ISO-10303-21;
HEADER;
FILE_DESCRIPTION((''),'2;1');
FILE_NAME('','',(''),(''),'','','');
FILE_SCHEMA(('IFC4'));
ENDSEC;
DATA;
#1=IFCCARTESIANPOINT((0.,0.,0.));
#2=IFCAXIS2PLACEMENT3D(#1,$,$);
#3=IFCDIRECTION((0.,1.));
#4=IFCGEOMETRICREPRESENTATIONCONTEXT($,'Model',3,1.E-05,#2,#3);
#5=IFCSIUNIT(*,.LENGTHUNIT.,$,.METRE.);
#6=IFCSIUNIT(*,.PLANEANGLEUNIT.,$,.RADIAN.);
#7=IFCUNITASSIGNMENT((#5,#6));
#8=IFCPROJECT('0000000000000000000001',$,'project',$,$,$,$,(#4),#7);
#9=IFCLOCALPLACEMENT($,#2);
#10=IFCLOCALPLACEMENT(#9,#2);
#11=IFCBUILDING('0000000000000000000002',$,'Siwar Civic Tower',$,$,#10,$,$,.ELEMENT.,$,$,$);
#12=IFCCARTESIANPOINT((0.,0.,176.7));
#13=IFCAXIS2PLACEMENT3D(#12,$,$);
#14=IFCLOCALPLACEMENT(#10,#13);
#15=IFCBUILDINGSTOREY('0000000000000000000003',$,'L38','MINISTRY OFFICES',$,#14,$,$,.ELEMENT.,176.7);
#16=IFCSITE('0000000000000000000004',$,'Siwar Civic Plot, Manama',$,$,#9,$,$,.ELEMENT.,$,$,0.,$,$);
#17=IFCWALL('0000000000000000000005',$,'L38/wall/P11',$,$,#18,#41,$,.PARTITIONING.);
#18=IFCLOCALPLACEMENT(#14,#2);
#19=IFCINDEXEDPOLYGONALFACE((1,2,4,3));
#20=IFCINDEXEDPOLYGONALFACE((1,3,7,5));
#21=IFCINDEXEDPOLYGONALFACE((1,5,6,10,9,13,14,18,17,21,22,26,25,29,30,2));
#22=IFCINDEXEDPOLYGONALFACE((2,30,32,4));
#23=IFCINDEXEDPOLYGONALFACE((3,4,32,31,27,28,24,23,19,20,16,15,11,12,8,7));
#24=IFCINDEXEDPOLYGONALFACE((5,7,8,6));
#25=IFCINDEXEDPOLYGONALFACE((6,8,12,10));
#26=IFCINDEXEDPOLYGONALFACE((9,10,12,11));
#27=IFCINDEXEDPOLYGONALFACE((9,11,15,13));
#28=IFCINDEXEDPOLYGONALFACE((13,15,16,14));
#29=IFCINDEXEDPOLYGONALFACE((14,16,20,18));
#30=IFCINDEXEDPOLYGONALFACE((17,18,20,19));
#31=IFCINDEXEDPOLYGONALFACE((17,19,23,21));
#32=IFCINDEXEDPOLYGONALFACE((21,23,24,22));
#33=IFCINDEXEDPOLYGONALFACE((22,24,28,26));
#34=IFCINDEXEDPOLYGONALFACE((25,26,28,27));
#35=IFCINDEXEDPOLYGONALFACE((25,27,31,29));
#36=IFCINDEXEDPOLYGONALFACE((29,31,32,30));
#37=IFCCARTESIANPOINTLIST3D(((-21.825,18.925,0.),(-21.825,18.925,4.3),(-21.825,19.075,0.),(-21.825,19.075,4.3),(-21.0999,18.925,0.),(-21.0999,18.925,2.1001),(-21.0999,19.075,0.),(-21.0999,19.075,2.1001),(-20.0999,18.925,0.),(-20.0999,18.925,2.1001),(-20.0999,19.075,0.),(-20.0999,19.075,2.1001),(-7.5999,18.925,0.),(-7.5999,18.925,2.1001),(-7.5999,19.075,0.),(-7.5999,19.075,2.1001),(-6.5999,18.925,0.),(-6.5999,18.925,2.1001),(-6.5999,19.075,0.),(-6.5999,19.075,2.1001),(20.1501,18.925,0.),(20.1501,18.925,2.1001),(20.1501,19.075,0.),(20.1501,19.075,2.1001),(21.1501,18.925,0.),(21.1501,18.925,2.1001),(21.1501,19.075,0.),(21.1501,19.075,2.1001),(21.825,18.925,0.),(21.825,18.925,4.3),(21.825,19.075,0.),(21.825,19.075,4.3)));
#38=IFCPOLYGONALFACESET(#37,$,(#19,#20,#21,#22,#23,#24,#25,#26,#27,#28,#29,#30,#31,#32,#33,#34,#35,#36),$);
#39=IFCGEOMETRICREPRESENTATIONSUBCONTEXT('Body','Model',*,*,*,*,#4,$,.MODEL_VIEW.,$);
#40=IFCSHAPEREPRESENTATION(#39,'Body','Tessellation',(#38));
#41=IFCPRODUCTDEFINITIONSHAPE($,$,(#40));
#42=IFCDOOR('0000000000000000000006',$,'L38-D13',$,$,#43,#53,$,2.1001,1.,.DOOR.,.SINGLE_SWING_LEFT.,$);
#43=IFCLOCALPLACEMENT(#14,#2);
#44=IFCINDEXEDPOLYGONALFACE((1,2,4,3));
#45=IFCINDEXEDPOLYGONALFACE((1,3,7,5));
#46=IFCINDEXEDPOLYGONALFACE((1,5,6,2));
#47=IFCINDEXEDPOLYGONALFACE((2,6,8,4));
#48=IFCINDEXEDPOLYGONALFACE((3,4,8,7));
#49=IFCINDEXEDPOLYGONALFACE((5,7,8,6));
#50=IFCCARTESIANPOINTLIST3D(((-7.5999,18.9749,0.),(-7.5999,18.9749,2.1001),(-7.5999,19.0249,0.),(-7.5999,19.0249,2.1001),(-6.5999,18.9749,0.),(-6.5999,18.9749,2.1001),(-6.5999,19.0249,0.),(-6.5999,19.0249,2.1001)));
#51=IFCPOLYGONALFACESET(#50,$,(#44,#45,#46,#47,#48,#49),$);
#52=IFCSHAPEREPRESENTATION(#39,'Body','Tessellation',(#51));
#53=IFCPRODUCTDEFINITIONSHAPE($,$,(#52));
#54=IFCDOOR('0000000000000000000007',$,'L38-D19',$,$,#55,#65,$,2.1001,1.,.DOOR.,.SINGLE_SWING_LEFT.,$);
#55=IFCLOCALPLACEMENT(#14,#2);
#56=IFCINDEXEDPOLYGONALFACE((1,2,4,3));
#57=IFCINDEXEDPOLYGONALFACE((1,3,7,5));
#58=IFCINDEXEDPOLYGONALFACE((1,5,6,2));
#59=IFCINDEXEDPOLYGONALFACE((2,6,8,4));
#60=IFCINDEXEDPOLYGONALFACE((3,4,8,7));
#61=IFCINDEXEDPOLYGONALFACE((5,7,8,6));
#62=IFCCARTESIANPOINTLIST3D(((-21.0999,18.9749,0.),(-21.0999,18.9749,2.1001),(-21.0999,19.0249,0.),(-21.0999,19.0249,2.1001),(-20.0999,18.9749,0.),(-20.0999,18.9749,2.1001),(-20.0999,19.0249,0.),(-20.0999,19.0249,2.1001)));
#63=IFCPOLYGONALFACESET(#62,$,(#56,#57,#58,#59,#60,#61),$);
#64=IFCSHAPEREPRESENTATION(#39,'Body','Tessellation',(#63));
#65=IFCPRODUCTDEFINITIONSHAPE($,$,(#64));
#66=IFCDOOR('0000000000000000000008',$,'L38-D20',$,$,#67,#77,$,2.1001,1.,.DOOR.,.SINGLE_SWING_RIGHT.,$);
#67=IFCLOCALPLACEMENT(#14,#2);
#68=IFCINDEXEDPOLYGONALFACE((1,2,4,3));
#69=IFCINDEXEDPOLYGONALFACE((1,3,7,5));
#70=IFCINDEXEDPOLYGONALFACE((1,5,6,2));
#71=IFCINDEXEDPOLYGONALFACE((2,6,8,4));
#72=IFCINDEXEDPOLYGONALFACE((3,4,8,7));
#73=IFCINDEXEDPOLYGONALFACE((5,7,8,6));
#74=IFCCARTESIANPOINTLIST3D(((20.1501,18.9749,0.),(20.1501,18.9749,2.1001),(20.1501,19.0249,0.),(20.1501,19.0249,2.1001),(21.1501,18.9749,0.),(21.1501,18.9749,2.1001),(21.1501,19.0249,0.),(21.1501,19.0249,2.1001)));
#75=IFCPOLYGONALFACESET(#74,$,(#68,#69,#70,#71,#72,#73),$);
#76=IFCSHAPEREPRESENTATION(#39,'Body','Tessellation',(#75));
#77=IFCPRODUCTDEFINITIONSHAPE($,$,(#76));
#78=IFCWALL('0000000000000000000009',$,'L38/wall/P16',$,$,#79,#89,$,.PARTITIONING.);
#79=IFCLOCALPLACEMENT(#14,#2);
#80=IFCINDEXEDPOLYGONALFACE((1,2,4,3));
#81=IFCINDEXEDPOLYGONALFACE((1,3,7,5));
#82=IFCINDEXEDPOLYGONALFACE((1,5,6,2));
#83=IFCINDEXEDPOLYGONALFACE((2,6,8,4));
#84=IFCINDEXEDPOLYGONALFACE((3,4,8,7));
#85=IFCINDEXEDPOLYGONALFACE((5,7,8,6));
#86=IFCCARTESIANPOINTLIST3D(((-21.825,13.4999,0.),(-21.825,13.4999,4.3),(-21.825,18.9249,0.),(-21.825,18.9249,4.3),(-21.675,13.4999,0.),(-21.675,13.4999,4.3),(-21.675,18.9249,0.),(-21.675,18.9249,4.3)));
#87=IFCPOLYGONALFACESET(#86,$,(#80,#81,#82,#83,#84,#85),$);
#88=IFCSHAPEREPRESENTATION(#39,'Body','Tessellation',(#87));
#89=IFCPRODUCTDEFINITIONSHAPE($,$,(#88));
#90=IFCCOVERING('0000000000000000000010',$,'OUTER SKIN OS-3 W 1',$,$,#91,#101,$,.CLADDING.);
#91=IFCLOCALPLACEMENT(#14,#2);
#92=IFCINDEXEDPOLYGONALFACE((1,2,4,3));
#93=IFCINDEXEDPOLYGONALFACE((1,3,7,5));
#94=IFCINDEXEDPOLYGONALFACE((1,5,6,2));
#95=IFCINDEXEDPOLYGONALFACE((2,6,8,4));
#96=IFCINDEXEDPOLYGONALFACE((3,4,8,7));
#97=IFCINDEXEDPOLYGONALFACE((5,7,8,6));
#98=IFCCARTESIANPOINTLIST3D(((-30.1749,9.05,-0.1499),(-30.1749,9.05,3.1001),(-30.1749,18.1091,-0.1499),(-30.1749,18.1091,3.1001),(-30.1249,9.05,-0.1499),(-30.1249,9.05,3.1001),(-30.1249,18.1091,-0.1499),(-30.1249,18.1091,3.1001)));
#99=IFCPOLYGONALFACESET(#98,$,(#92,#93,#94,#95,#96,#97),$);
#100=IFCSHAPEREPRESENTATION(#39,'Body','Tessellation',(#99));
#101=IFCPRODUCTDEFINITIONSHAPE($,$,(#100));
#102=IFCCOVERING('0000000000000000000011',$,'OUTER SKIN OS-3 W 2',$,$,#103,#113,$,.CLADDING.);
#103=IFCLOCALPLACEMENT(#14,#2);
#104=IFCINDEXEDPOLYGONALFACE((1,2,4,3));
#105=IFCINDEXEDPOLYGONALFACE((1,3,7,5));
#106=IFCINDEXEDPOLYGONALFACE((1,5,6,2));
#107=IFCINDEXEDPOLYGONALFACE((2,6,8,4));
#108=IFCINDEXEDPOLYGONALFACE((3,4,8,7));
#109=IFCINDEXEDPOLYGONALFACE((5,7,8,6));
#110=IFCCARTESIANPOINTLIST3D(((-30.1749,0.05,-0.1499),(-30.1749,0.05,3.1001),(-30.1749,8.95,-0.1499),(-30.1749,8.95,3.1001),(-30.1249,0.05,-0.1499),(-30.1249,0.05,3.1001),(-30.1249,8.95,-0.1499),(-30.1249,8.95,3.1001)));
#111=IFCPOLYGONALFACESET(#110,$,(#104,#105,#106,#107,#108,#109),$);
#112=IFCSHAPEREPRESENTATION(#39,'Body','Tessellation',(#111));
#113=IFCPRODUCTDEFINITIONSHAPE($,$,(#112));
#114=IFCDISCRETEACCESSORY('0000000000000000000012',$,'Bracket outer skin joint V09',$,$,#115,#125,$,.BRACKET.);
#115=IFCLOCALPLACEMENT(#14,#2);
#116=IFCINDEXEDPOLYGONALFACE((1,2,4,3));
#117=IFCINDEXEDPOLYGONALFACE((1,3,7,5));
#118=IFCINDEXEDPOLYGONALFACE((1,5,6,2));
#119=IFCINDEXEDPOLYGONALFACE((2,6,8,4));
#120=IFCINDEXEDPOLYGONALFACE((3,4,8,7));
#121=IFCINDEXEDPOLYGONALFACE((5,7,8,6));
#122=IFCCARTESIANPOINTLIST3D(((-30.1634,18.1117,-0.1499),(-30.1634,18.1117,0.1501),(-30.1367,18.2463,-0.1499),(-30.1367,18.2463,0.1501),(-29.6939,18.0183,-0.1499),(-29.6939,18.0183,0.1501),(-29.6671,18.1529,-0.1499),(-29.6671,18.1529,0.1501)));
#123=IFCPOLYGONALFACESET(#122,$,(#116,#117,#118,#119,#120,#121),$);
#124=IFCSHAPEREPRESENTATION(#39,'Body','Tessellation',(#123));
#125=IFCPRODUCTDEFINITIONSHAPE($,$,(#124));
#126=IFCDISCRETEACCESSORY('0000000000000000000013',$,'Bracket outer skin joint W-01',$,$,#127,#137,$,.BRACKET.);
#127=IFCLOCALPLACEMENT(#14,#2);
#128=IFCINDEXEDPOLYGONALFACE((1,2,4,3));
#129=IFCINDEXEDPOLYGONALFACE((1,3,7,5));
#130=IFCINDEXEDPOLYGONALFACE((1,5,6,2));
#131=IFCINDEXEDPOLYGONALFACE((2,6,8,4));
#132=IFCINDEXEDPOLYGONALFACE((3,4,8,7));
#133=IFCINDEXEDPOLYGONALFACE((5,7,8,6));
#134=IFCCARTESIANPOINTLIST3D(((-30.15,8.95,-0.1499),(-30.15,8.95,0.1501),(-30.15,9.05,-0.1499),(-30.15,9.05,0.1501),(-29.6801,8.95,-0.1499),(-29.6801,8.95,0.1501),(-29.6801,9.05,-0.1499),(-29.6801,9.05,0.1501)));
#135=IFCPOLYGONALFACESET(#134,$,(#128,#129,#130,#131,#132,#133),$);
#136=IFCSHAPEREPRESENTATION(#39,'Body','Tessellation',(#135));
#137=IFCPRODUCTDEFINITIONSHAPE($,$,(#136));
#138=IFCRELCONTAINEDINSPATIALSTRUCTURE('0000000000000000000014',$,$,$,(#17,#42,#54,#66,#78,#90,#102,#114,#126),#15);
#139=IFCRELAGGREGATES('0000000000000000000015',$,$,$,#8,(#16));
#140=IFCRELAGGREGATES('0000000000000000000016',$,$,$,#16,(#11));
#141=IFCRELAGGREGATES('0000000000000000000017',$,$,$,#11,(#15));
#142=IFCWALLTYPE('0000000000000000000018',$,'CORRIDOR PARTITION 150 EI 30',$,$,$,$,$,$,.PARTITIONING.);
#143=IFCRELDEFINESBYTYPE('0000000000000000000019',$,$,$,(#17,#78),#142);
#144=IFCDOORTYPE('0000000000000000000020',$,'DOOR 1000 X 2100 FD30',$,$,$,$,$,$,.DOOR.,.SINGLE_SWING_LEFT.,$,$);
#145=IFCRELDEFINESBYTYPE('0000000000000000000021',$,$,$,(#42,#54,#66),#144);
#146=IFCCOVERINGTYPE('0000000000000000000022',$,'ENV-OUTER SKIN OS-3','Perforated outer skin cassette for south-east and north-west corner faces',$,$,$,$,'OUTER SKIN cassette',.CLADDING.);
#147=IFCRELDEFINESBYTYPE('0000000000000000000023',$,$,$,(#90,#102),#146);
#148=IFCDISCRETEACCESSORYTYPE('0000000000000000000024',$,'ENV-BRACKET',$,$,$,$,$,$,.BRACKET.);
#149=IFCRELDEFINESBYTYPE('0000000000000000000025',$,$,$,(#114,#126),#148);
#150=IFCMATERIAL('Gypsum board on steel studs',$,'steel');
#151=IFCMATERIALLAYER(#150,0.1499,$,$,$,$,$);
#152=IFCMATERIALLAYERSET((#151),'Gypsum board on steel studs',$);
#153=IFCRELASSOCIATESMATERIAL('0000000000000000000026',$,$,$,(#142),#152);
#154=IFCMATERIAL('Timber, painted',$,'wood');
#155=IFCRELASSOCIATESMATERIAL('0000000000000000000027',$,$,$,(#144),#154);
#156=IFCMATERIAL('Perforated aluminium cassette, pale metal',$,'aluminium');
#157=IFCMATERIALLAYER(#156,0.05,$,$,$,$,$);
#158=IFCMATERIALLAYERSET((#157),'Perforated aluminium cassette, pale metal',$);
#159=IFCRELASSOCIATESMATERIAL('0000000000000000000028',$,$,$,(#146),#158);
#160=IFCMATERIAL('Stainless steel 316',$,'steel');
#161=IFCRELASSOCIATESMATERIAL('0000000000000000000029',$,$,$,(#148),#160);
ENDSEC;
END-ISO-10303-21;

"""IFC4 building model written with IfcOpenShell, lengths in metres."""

from ifc_helpers import new_model, si_unit, direction, frame, frame_2d, origin, origin_2d, place, context, subcontext, project, spatial, rectangle, extrude, material, layer, layer_set, type_object, element, fill, save


model = new_model("IFC4")

# Units and contexts
model_context = context("Model", 3, precision=1e-05, world=origin(), true_north=direction((0.0, 1.0)))
body_context = subcontext(model_context, "Body", "Model", "MODEL_VIEW")
ifc_project = project(units=[si_unit("LENGTHUNIT", "METRE"), si_unit("PLANEANGLEUNIT", "RADIAN")], contexts=[model_context])

# Site, building, storey
site_placement = place(None, origin())
site = spatial("IfcSite", under=ifc_project, at=site_placement, Name="Siwar Civic Plot, Manama", CompositionType="ELEMENT", RefElevation=0.0)
building_placement = place(site_placement, origin())
building = spatial("IfcBuilding", under=site, at=building_placement, Name="Siwar Civic Tower", CompositionType="ELEMENT")
storey_placement = place(building_placement, frame((0.0, 0.0, 176.7)))
storey = spatial("IfcBuildingStorey", under=building, at=storey_placement, Name="L38", Description="MINISTRY OFFICES", CompositionType="ELEMENT", Elevation=176.7)

# Shared definitions
ifc_material_1 = material(Name="Gypsum board on steel studs", Category="steel")
ifc_layer_1 = layer(ifc_material_1, 0.1499)
ifc_layer_set_1 = layer_set([ifc_layer_1], Name="Gypsum board on steel studs")
wall_type_1 = type_object("IfcWallType", Name="CORRIDOR PARTITION 150 EI 30", PredefinedType="PARTITIONING", material=ifc_layer_set_1)

# Wall, openings, doors
wall_1_placement = place(storey_placement, frame((-21.825, 19.0, 0.0), z_axis=(0.0, 0.0, 1.0), x_axis=(1.0, 0.0, 0.0)))
wall_1 = element("IfcWall", 1, at=wall_1_placement, inside=storey, type_object=wall_type_1, Name="L38/wall/P11", PredefinedType="PARTITIONING", context=body_context, shape_type="SweptSolid", body=[
    extrude(rectangle(XDim=43.6499, YDim=0.1499, at=frame_2d((21.825, 0.0))), origin(), (0.0, 0.0, 1.0), 4.3),
])
opening_1_placement = place(wall_1_placement, frame((14.2251, 0.0, 0.0)))
opening_1 = element("IfcOpeningElement", 2, at=opening_1_placement, cuts=wall_1, PredefinedType="OPENING", context=body_context, shape_type="SweptSolid", body=[
    extrude(rectangle(XDim=1.0, YDim=2.1001, at=frame_2d((0.5, 1.05))), frame((0.0, 0.085, 0.0), z_axis=(0.0, -1.0, 0.0), x_axis=(1.0, 0.0, 0.0)), (0.0, 0.0, 1.0), 0.1699),
])
opening_2_placement = place(wall_1_placement, frame((0.7251, 0.0, 0.0)))
opening_2 = element("IfcOpeningElement", 3, at=opening_2_placement, cuts=wall_1, PredefinedType="OPENING", context=body_context, shape_type="SweptSolid", body=[
    extrude(rectangle(XDim=1.0, YDim=2.1001, at=frame_2d((0.5, 1.05))), frame((0.0, 0.085, 0.0), z_axis=(0.0, -1.0, 0.0), x_axis=(1.0, 0.0, 0.0)), (0.0, 0.0, 1.0), 0.1699),
])
opening_3_placement = place(wall_1_placement, frame((41.9751, 0.0, 0.0)))
opening_3 = element("IfcOpeningElement", 4, at=opening_3_placement, cuts=wall_1, PredefinedType="OPENING", context=body_context, shape_type="SweptSolid", body=[
    extrude(rectangle(XDim=1.0, YDim=2.1001, at=frame_2d((0.5, 1.05))), frame((0.0, 0.085, 0.0), z_axis=(0.0, -1.0, 0.0), x_axis=(1.0, 0.0, 0.0)), (0.0, 0.0, 1.0), 0.1699),
])
ifc_material_2 = material(Name="Timber, painted", Category="wood")
door_type = type_object("IfcDoorType", Name="DOOR 1000 X 2100 FD30", OperationType="SINGLE_SWING_LEFT", PredefinedType="DOOR", material=ifc_material_2)
door_1_placement = place(opening_1_placement, origin())
door_1 = element("IfcDoor", 5, at=door_1_placement, inside=storey, type_object=door_type, Name="L38-D13", OperationType="SINGLE_SWING_LEFT", OverallHeight=2.1001, OverallWidth=1.0, PredefinedType="DOOR", context=body_context, shape_type="SweptSolid", body=[
    extrude(rectangle(XDim=1.0, YDim=2.1001, at=frame_2d((0.5, 1.05))), frame((0.0, 0.0249, 0.0), z_axis=(0.0, -1.0, 0.0), x_axis=(1.0, 0.0, 0.0)), (0.0, 0.0, 1.0), 0.05),
])
fill(opening_1, door_1)
door_2_placement = place(opening_2_placement, origin())
door_2 = element("IfcDoor", 6, at=door_2_placement, inside=storey, type_object=door_type, Name="L38-D19", OperationType="SINGLE_SWING_LEFT", OverallHeight=2.1001, OverallWidth=1.0, PredefinedType="DOOR", context=body_context, shape_type="SweptSolid", body=[
    extrude(rectangle(XDim=1.0, YDim=2.1001, at=frame_2d((0.5, 1.05))), frame((0.0, 0.0249, 0.0), z_axis=(0.0, -1.0, 0.0), x_axis=(1.0, 0.0, 0.0)), (0.0, 0.0, 1.0), 0.05),
])
fill(opening_2, door_2)
door_3_placement = place(opening_3_placement, origin())
door_3 = element("IfcDoor", 7, at=door_3_placement, inside=storey, type_object=door_type, Name="L38-D20", OperationType="SINGLE_SWING_RIGHT", OverallHeight=2.1001, OverallWidth=1.0, PredefinedType="DOOR", context=body_context, shape_type="SweptSolid", body=[
    extrude(rectangle(XDim=1.0, YDim=2.1001, at=frame_2d((0.5, 1.05))), frame((0.0, 0.0249, 0.0), z_axis=(0.0, -1.0, 0.0), x_axis=(1.0, 0.0, 0.0)), (0.0, 0.0, 1.0), 0.05),
])
fill(opening_3, door_3)

# Wall
wall_2_placement = place(storey_placement, frame((-21.75, 13.5, 0.0), z_axis=(0.0, 0.0, 1.0), x_axis=(0.0, 1.0, 0.0)))
element("IfcWall", 8, at=wall_2_placement, inside=storey, type_object=wall_type_1, Name="L38/wall/P16", PredefinedType="PARTITIONING", context=body_context, shape_type="SweptSolid", body=[
    extrude(rectangle(XDim=5.425, YDim=0.1499, at=frame_2d((2.7124, 0.0))), origin(), (0.0, 0.0, 1.0), 4.3),
])

# Coverings
ifc_material_3 = material(Name="Perforated aluminium cassette, pale metal", Category="aluminium")
ifc_layer_2 = layer(ifc_material_3, 0.05)
ifc_layer_set_2 = layer_set([ifc_layer_2], Name="Perforated aluminium cassette, pale metal")
covering_type = type_object("IfcCoveringType", Name="ENV-OUTER SKIN OS-3", Description="Perforated outer skin cassette for south-east and north-west corner faces", ElementType="OUTER SKIN cassette", PredefinedType="CLADDING", material=ifc_layer_set_2)
covering_1_placement = place(storey_placement, frame((-30.1499, 13.5796, -0.1499), z_axis=(0.0, 0.0, 1.0), x_axis=(0.0, -1.0, 0.0)))
element("IfcCovering", 9, at=covering_1_placement, inside=storey, type_object=covering_type, Name="OUTER SKIN OS-3 W 1", PredefinedType="CLADDING", context=body_context, shape_type="SweptSolid", body=[
    extrude(rectangle(XDim=9.0591, YDim=0.05, at=origin_2d()), origin(), (0.0, 0.0, 1.0), 3.25),
])
covering_2_placement = place(storey_placement, frame((-30.1499, 4.5, -0.1499), z_axis=(0.0, 0.0, 1.0), x_axis=(0.0, -1.0, 0.0)))
element("IfcCovering", 10, at=covering_2_placement, inside=storey, type_object=covering_type, Name="OUTER SKIN OS-3 W 2", PredefinedType="CLADDING", context=body_context, shape_type="SweptSolid", body=[
    extrude(rectangle(XDim=8.8999, YDim=0.05, at=origin_2d()), origin(), (0.0, 0.0, 1.0), 3.25),
])

# Discrete accessories
ifc_material_4 = material(Name="Stainless steel 316", Category="steel")
discrete_accessory_type = type_object("IfcDiscreteAccessoryType", Name="ENV-BRACKET", PredefinedType="BRACKET", material=ifc_material_4)
discrete_accessory_1_placement = place(storey_placement, frame((-29.9153, 18.1323, -0.1499), z_axis=(0.0, 0.0, 1.0), x_axis=(-0.980785, 0.19509, 0.0)))
element("IfcDiscreteAccessory", 11, at=discrete_accessory_1_placement, inside=storey, type_object=discrete_accessory_type, Name="Bracket outer skin joint V09", PredefinedType="BRACKET", context=body_context, shape_type="SweptSolid", body=[
    extrude(rectangle(XDim=0.4788, YDim=0.1372, at=origin_2d()), origin(), (0.0, 0.0, 1.0), 0.3),
])
discrete_accessory_2_placement = place(storey_placement, frame((-29.915, 9.0, -0.1499), z_axis=(0.0, 0.0, 1.0), x_axis=(-1.0, 0.0, 0.0)))
element("IfcDiscreteAccessory", 12, at=discrete_accessory_2_placement, inside=storey, type_object=discrete_accessory_type, Name="Bracket outer skin joint W-01", PredefinedType="BRACKET", context=body_context, shape_type="SweptSolid", body=[
    extrude(rectangle(XDim=0.47, YDim=0.1001, at=origin_2d()), origin(), (0.0, 0.0, 1.0), 0.3),
])

save(model, "model.ifc")
